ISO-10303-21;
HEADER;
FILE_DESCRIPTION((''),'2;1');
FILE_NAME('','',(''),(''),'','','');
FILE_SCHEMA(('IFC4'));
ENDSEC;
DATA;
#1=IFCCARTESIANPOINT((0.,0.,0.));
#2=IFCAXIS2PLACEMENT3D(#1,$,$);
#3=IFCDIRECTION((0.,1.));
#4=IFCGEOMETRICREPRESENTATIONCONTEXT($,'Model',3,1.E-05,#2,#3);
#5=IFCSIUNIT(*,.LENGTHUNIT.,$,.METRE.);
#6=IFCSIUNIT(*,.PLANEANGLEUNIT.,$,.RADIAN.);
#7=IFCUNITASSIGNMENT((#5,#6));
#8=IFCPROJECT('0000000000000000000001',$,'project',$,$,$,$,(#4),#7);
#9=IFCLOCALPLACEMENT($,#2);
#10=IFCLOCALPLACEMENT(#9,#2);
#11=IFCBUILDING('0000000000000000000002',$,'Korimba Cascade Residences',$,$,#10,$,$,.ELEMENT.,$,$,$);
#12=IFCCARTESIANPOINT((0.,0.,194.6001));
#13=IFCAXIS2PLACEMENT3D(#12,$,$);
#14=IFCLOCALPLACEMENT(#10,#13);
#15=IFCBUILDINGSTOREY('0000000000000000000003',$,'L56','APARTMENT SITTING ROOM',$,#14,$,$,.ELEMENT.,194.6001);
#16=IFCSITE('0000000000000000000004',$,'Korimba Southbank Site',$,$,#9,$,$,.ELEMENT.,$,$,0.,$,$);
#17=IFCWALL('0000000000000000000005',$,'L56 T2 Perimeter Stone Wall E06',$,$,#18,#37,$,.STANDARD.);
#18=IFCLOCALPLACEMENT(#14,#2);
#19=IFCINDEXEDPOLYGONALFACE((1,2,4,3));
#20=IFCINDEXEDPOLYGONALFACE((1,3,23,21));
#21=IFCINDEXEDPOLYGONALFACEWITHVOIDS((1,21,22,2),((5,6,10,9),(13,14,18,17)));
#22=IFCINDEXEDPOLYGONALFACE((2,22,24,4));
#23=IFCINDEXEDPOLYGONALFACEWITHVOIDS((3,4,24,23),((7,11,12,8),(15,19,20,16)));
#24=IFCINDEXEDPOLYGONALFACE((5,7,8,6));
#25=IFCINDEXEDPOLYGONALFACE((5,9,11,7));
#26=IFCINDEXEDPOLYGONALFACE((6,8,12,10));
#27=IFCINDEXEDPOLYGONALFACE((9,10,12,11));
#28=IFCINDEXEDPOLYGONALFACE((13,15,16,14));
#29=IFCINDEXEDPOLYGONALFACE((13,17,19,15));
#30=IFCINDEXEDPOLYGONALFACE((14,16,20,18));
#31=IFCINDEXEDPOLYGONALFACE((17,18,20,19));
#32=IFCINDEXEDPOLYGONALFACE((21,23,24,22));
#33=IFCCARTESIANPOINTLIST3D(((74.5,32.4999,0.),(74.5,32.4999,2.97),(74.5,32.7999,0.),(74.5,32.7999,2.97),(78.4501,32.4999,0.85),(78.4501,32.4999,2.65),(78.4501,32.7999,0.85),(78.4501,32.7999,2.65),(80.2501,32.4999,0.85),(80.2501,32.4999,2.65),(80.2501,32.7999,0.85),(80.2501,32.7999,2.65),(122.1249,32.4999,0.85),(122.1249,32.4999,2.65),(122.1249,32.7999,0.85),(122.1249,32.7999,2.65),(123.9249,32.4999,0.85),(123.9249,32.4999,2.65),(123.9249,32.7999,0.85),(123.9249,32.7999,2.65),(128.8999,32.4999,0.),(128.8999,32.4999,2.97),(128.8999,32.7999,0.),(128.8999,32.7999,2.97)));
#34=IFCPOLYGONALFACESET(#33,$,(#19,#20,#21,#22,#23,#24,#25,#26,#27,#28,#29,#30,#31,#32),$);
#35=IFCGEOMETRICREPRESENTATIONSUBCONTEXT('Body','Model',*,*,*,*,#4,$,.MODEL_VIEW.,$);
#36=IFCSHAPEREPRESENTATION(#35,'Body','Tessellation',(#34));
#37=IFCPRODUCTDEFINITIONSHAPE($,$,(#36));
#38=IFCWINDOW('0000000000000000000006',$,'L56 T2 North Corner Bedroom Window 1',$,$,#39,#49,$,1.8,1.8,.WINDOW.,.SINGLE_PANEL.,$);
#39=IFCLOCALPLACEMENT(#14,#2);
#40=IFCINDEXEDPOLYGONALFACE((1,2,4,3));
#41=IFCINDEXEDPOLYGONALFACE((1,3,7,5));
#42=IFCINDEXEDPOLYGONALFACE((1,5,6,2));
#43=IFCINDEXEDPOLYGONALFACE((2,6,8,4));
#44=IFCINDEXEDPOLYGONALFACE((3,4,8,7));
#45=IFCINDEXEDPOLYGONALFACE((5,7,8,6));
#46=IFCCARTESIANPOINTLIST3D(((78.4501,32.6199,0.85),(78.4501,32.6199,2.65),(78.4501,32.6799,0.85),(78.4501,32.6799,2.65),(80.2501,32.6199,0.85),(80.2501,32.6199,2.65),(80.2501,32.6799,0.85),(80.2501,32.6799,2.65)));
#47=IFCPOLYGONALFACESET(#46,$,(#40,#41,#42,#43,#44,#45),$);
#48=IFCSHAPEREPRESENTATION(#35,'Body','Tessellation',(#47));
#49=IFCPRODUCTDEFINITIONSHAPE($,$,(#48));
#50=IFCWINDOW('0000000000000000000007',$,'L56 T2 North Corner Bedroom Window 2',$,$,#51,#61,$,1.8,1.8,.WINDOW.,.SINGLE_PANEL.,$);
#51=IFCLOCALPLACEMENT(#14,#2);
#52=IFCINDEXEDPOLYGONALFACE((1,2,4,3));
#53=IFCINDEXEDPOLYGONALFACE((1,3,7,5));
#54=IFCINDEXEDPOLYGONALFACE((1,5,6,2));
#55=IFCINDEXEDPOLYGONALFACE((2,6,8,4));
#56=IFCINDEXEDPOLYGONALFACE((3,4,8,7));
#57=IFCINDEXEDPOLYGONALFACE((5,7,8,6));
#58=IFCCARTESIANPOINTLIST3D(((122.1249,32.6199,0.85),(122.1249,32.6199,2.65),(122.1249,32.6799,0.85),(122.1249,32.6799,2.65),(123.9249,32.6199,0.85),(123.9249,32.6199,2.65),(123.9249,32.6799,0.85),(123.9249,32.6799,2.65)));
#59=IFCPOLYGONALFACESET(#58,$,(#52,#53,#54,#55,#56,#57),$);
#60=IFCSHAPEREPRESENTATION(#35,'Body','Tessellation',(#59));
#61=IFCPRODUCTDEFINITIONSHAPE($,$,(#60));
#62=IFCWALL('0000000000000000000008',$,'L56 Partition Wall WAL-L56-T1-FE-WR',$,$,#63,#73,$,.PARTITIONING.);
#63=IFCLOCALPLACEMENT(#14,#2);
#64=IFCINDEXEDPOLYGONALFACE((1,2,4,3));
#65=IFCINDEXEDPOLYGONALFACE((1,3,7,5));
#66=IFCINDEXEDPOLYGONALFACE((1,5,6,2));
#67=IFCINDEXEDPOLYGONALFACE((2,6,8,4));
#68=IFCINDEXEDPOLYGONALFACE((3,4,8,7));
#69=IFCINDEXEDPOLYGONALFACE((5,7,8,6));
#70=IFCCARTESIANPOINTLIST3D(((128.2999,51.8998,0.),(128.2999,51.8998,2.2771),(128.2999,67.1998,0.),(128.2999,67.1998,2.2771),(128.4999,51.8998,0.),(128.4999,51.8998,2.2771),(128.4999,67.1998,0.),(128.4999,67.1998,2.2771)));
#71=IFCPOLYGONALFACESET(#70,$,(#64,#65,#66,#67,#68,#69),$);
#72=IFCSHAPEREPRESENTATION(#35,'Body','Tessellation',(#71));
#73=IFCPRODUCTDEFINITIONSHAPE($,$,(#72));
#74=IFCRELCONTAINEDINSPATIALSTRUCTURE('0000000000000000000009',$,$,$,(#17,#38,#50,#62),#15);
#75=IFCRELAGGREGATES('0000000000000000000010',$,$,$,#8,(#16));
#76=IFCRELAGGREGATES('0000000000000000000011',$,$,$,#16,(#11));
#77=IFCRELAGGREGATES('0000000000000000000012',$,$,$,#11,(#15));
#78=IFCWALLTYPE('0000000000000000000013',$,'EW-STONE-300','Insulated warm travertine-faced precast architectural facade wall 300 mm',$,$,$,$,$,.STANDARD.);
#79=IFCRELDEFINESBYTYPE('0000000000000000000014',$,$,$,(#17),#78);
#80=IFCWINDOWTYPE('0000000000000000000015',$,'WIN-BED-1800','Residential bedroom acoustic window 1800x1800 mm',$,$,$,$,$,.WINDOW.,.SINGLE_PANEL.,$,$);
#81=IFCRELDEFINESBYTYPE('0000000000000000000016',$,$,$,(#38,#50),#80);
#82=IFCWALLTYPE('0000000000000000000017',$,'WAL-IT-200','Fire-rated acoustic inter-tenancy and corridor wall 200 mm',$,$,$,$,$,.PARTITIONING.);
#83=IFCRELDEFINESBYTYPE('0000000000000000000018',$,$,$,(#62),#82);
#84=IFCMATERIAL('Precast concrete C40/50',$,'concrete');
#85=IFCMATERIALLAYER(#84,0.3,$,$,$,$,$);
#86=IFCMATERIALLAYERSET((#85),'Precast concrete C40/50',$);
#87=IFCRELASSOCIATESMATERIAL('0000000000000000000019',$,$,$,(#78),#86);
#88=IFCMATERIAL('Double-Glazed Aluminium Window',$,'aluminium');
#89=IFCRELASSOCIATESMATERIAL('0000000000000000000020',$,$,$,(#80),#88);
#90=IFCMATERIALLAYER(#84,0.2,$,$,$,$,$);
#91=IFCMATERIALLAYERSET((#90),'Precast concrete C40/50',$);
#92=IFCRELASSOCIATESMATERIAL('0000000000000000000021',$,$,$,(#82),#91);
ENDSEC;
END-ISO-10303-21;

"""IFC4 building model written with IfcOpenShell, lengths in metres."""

from ifc_helpers import new_model, si_unit, direction, frame, frame_2d, origin, place, context, subcontext, project, spatial, rectangle, extrude, material, layer, layer_set, type_object, element, fill, save


model = new_model("IFC4")

# Units and contexts
model_context = context("Model", 3, precision=1e-05, world=origin(), true_north=direction((0.0, 1.0)))
body_context = subcontext(model_context, "Body", "Model", "MODEL_VIEW")
ifc_project = project(units=[si_unit("LENGTHUNIT", "METRE"), si_unit("PLANEANGLEUNIT", "RADIAN")], contexts=[model_context])

# Site, building, storey
site_placement = place(None, origin())
site = spatial("IfcSite", under=ifc_project, at=site_placement, Name="Korimba Southbank Site", CompositionType="ELEMENT", RefElevation=0.0)
building_placement = place(site_placement, origin())
building = spatial("IfcBuilding", under=site, at=building_placement, Name="Korimba Cascade Residences", CompositionType="ELEMENT")
storey_placement = place(building_placement, frame((0.0, 0.0, 194.6001)))
storey = spatial("IfcBuildingStorey", under=building, at=storey_placement, Name="L56", Description="APARTMENT SITTING ROOM", CompositionType="ELEMENT", Elevation=194.6001)

# Shared definitions
ifc_material_1 = material(Name="Precast concrete C40/50", Category="concrete")
ifc_layer_1 = layer(ifc_material_1, 0.3)
ifc_layer_set_1 = layer_set([ifc_layer_1], Name="Precast concrete C40/50")
wall_type_1 = type_object("IfcWallType", Name="EW-STONE-300", Description="Insulated warm travertine-faced precast architectural facade wall 300 mm", PredefinedType="STANDARD", material=ifc_layer_set_1)

# Wall, openings, windows
ifc_material_2 = material(Name="Double-Glazed Aluminium Window", Category="aluminium")
wall_1_placement = place(storey_placement, frame((128.8999, 32.6499, 0.0), z_axis=(0.0, 0.0, 1.0), x_axis=(-1.0, 0.0, 0.0)))
wall_1 = element("IfcWall", 1, at=wall_1_placement, inside=storey, type_object=wall_type_1, Name="L56 T2 Perimeter Stone Wall E06", PredefinedType="STANDARD", context=body_context, shape_type="SweptSolid", body=[
    extrude(rectangle(XDim=54.3999, YDim=0.3, at=frame_2d((27.2, 0.0))), origin(), (0.0, 0.0, 1.0), 2.97),
])
opening_1_placement = place(wall_1_placement, frame((48.6499, 0.0, 0.8501)))
opening_1 = element("IfcOpeningElement", 2, at=opening_1_placement, cuts=wall_1, PredefinedType="OPENING", context=body_context, shape_type="SweptSolid", body=[
    extrude(rectangle(XDim=1.8, YDim=1.8, at=frame_2d((0.8999, 0.8999))), frame((0.0, 0.1602, 0.0), z_axis=(0.0, -1.0, 0.0), x_axis=(1.0, 0.0, 0.0)), (0.0, 0.0, 1.0), 0.3201),
])
opening_2_placement = place(wall_1_placement, frame((4.9751, 0.0, 0.8501)))
opening_2 = element("IfcOpeningElement", 3, at=opening_2_placement, cuts=wall_1, PredefinedType="OPENING", context=body_context, shape_type="SweptSolid", body=[
    extrude(rectangle(XDim=1.8, YDim=1.8, at=frame_2d((0.8999, 0.8999))), frame((0.0, 0.1602, 0.0), z_axis=(0.0, -1.0, 0.0), x_axis=(1.0, 0.0, 0.0)), (0.0, 0.0, 1.0), 0.3201),
])
window_type_1 = type_object("IfcWindowType", Name="WIN-BED-1800", Description="Residential bedroom acoustic window 1800x1800 mm", PartitioningType="SINGLE_PANEL", PredefinedType="WINDOW", material=ifc_material_2)
window_1_placement = place(opening_1_placement, origin())
window_1 = element("IfcWindow", 4, at=window_1_placement, inside=storey, type_object=window_type_1, Name="L56 T2 North Corner Bedroom Window 1", OverallHeight=1.8, OverallWidth=1.8, PartitioningType="SINGLE_PANEL", PredefinedType="WINDOW", context=body_context, shape_type="SweptSolid", body=[
    extrude(rectangle(XDim=1.8, YDim=1.8, at=frame_2d((0.8999, 0.8999))), frame((0.0, 0.03, 0.0), z_axis=(0.0, -1.0, 0.0), x_axis=(1.0, 0.0, 0.0)), (0.0, 0.0, 1.0), 0.0601),
])
fill(opening_1, window_1)
window_2_placement = place(opening_2_placement, origin())
window_2 = element("IfcWindow", 5, at=window_2_placement, inside=storey, type_object=window_type_1, Name="L56 T2 North Corner Bedroom Window 2", OverallHeight=1.8, OverallWidth=1.8, PartitioningType="SINGLE_PANEL", PredefinedType="WINDOW", context=body_context, shape_type="SweptSolid", body=[
    extrude(rectangle(XDim=1.8, YDim=1.8, at=frame_2d((0.8999, 0.8999))), frame((0.0, 0.03, 0.0), z_axis=(0.0, -1.0, 0.0), x_axis=(1.0, 0.0, 0.0)), (0.0, 0.0, 1.0), 0.0601),
])
fill(opening_2, window_2)

# Wall
ifc_layer_2 = layer(ifc_material_1, 0.2)
ifc_layer_set_2 = layer_set([ifc_layer_2], Name="Precast concrete C40/50")
wall_type_2 = type_object("IfcWallType", Name="WAL-IT-200", Description="Fire-rated acoustic inter-tenancy and corridor wall 200 mm", PredefinedType="PARTITIONING", material=ifc_layer_set_2)
wall_2_placement = place(storey_placement, frame((128.3999, 51.8999, 0.0), z_axis=(0.0, 0.0, 1.0), x_axis=(0.0, 1.0, 0.0)))
element("IfcWall", 6, at=wall_2_placement, inside=storey, type_object=wall_type_2, Name="L56 Partition Wall WAL-L56-T1-FE-WR", PredefinedType="PARTITIONING", context=body_context, shape_type="SweptSolid", body=[
    extrude(rectangle(XDim=15.3, YDim=0.2, at=frame_2d((7.6499, 0.0))), origin(), (0.0, 0.0, 1.0), 2.2771),
])

save(model, "model.ifc")
